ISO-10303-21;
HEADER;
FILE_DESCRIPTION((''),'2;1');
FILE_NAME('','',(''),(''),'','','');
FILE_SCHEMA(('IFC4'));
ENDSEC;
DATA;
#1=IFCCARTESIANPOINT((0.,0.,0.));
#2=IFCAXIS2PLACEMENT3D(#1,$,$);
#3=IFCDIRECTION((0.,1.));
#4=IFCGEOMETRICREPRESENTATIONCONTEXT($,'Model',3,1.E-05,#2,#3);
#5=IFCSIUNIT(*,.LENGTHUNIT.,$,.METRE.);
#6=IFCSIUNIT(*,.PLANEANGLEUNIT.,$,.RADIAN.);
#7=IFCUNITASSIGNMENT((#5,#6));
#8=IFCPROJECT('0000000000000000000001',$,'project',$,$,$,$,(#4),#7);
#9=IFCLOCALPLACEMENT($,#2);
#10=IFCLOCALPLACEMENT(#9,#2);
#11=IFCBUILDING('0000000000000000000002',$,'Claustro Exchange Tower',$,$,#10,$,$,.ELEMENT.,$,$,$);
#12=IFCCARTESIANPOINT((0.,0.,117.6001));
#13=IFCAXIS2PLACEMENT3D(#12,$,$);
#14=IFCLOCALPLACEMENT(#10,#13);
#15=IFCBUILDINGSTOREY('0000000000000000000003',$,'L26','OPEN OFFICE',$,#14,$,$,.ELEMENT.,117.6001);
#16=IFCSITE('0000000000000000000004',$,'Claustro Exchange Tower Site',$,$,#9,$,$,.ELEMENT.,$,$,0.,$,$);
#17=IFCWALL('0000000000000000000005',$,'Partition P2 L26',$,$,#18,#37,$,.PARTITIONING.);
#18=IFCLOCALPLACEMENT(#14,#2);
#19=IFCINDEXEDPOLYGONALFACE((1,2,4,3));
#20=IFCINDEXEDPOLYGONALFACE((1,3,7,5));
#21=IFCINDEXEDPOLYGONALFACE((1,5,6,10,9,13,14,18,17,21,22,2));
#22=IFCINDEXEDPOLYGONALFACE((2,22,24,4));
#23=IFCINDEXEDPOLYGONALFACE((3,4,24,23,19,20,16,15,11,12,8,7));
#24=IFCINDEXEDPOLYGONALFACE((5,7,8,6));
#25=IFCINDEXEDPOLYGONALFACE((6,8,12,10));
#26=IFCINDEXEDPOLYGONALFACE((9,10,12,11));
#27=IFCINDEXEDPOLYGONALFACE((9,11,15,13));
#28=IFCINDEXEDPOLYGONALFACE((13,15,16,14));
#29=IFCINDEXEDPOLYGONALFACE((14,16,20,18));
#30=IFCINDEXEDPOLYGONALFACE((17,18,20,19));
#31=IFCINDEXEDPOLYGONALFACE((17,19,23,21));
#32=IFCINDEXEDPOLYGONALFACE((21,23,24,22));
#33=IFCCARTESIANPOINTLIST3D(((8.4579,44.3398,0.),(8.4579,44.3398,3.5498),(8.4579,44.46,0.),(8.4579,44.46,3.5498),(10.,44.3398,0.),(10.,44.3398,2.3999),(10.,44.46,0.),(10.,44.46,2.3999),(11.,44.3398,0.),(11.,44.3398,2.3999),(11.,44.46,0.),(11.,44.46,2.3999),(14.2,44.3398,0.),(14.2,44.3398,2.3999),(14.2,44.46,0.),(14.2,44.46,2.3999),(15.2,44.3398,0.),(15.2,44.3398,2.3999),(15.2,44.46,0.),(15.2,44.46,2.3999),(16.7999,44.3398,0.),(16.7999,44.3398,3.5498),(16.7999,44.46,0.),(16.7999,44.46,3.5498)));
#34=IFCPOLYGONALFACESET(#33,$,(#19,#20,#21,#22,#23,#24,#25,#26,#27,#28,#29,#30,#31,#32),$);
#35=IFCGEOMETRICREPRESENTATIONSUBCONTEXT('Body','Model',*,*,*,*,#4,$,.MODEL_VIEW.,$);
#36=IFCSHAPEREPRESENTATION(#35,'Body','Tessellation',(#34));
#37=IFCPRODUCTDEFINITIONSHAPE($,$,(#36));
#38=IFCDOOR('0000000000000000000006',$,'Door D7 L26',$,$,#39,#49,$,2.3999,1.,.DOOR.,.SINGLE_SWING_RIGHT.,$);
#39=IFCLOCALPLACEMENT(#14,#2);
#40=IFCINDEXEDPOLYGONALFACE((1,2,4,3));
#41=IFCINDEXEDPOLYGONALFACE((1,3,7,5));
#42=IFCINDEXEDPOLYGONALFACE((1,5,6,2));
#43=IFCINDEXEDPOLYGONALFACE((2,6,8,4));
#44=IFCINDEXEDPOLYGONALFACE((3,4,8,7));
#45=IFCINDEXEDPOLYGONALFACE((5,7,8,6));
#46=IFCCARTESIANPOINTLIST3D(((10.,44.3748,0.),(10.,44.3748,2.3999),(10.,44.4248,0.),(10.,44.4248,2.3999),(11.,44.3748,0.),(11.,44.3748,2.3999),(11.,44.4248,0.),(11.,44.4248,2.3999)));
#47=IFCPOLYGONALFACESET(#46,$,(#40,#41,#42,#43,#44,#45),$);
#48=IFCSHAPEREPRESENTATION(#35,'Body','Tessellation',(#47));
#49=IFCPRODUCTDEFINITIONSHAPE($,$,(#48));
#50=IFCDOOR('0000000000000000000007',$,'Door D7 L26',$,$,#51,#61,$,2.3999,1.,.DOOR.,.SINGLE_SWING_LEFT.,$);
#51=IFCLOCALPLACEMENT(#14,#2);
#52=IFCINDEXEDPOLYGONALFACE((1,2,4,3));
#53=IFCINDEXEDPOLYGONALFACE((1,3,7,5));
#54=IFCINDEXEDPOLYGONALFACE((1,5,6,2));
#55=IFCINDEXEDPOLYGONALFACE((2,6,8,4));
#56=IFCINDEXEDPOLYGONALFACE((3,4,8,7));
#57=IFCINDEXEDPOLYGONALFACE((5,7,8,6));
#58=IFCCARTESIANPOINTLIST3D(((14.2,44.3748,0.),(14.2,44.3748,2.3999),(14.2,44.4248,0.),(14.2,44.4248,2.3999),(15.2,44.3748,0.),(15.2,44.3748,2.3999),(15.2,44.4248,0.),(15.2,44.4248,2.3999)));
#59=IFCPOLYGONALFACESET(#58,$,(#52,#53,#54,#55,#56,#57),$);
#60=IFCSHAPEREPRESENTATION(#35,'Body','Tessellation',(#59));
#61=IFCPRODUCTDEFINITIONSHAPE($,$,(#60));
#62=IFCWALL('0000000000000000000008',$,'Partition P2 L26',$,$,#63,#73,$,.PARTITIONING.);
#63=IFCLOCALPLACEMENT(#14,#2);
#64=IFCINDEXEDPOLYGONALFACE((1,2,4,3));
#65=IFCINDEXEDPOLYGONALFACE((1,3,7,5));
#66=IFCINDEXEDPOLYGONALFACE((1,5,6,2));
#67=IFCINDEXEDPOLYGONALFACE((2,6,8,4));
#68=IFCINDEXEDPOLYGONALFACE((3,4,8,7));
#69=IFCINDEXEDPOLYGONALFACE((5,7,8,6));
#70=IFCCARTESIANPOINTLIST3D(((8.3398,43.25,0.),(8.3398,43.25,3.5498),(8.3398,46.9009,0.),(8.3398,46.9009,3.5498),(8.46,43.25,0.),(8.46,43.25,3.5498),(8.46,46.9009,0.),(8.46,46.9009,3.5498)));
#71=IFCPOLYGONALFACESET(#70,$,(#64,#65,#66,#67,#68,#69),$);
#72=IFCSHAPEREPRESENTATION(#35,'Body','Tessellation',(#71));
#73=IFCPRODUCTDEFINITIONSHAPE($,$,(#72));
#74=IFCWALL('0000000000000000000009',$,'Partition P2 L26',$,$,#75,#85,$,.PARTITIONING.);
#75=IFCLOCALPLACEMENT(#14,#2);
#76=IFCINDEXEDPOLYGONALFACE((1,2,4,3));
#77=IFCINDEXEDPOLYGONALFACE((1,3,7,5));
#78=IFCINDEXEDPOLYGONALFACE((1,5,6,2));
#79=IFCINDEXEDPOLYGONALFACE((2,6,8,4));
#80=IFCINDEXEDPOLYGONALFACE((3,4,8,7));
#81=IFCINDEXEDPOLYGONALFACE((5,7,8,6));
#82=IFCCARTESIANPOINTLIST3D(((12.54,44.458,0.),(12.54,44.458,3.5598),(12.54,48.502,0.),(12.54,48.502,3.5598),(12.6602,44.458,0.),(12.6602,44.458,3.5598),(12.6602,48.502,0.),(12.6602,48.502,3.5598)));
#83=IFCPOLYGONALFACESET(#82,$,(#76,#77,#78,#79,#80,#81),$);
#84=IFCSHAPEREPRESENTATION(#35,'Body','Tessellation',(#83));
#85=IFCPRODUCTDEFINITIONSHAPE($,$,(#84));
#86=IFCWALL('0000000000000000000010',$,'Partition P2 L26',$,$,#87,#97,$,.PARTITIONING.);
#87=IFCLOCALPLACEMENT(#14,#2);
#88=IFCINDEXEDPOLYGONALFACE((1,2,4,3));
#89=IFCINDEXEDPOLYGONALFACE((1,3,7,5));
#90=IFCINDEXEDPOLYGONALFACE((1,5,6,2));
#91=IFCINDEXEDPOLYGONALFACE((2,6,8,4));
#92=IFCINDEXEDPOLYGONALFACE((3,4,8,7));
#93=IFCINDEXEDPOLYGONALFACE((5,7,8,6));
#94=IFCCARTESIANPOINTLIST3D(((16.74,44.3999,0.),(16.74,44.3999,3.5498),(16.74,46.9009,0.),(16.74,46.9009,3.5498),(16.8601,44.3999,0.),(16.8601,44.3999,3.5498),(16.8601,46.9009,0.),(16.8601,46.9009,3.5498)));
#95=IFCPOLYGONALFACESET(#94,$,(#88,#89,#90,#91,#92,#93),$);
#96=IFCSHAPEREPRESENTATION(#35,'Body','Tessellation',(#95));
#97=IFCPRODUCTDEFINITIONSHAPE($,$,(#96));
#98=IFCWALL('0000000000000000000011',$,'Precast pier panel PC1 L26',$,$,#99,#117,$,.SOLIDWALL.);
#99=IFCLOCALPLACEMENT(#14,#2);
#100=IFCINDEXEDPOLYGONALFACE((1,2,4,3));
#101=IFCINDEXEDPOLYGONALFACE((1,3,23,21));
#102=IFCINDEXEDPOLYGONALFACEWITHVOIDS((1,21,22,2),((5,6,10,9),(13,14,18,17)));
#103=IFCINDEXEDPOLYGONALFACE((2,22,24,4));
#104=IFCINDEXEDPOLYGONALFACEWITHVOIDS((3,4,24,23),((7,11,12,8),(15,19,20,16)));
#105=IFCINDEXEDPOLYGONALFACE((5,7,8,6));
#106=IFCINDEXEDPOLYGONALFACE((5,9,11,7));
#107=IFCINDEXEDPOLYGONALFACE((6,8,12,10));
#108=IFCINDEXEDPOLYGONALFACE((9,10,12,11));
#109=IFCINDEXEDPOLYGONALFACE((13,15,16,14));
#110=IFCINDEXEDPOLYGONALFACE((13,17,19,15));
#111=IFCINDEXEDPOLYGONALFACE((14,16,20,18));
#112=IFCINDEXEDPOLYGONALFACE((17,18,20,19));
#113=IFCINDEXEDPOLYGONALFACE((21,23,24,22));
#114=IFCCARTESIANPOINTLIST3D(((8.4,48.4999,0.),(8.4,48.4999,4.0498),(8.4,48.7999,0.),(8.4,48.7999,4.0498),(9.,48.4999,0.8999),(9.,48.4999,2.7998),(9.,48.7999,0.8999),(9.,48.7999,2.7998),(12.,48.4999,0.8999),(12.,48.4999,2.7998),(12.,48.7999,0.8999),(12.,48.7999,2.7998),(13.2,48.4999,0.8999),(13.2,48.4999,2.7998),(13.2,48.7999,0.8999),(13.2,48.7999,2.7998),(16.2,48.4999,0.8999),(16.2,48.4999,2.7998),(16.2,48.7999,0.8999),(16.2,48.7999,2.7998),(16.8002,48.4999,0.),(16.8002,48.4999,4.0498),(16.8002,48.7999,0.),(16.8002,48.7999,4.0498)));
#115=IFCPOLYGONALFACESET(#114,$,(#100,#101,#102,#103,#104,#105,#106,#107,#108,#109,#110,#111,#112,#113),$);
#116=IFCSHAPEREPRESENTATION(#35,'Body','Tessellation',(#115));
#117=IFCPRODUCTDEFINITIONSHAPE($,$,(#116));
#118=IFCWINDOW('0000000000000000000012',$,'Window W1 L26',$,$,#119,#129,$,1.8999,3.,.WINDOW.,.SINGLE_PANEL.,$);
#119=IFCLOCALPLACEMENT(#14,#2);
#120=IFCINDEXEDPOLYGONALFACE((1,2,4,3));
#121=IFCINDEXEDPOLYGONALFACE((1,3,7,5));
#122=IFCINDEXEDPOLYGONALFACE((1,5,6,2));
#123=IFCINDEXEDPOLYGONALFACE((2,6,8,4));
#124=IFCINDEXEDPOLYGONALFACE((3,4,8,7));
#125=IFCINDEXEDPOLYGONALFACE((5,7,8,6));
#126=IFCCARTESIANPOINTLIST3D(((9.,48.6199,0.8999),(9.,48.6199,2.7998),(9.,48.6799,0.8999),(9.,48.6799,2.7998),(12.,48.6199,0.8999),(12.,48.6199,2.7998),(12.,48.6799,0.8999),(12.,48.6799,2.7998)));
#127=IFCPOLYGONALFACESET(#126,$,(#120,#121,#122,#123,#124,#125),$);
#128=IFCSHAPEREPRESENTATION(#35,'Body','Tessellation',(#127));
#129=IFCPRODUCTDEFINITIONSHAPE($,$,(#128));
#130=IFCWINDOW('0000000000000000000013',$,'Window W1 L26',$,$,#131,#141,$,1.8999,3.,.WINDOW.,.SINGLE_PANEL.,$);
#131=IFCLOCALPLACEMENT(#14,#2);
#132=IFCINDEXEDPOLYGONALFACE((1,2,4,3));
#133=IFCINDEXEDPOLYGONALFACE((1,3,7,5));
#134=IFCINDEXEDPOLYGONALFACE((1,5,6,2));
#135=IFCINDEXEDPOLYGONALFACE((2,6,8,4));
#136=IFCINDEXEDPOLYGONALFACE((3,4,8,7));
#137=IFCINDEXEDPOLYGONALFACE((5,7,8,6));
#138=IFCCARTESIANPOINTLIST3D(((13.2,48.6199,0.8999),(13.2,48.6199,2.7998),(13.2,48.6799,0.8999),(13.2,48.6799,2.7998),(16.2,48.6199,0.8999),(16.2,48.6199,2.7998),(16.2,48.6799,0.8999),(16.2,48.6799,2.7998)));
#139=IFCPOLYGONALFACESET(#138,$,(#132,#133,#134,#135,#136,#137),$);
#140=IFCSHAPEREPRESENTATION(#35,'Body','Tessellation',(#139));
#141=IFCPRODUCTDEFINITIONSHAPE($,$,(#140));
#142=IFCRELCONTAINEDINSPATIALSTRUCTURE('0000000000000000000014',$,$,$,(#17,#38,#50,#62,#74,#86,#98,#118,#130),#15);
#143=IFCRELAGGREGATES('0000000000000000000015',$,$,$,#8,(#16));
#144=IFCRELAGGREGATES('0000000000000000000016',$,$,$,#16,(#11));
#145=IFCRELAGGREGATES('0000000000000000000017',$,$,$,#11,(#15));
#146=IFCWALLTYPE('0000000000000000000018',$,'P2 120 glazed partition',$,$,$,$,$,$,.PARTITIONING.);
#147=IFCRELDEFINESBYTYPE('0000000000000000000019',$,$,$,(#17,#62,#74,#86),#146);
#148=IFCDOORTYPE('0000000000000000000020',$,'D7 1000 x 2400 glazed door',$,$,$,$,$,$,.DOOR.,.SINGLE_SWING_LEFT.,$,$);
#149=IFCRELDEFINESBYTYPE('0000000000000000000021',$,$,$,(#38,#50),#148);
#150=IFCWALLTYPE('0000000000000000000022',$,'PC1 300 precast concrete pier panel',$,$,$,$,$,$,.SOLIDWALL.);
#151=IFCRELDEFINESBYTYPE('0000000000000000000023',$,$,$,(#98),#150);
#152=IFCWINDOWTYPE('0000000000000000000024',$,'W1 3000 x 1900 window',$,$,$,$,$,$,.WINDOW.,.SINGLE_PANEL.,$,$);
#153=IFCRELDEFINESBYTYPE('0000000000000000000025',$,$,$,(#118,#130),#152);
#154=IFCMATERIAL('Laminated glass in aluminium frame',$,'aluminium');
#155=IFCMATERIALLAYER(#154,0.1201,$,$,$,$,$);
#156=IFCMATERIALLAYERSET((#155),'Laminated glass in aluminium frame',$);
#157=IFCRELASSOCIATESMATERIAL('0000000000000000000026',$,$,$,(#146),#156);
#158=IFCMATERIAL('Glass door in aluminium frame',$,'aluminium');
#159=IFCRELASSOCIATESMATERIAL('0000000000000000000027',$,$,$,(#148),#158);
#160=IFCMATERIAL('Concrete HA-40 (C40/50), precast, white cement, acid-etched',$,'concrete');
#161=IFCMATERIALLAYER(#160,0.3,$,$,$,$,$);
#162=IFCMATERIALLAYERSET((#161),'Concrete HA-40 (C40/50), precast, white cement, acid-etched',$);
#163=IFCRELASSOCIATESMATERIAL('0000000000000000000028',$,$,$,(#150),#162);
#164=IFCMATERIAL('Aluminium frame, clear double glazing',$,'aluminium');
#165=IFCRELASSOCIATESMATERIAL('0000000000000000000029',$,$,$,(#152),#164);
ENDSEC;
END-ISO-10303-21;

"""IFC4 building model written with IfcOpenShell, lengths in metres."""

from ifc_helpers import new_model, si_unit, direction, frame, frame_2d, origin, place, context, subcontext, project, spatial, rectangle, extrude, material, layer, layer_set, type_object, element, fill, save


model = new_model("IFC4")

# Units and contexts
model_context = context("Model", 3, precision=1e-05, world=origin(), true_north=direction((0.0, 1.0)))
body_context = subcontext(model_context, "Body", "Model", "MODEL_VIEW")
ifc_project = project(units=[si_unit("LENGTHUNIT", "METRE"), si_unit("PLANEANGLEUNIT", "RADIAN")], contexts=[model_context])

# Site, building, storey
site_placement = place(None, origin())
site = spatial("IfcSite", under=ifc_project, at=site_placement, Name="Claustro Exchange Tower Site", CompositionType="ELEMENT", RefElevation=0.0)
building_placement = place(site_placement, origin())
building = spatial("IfcBuilding", under=site, at=building_placement, Name="Claustro Exchange Tower", CompositionType="ELEMENT")
storey_placement = place(building_placement, frame((0.0, 0.0, 117.6001)))
storey = spatial("IfcBuildingStorey", under=building, at=storey_placement, Name="L26", Description="OPEN OFFICE", CompositionType="ELEMENT", Elevation=117.6001)

# Wall, openings, doors
ifc_material_1 = material(Name="Laminated glass in aluminium frame", Category="aluminium")
ifc_layer_1 = layer(ifc_material_1, 0.1201)
ifc_layer_set_1 = layer_set([ifc_layer_1], Name="Laminated glass in aluminium frame")
wall_type_1 = type_object("IfcWallType", Name="P2 120 glazed partition", PredefinedType="PARTITIONING", material=ifc_layer_set_1)
wall_1_placement = place(storey_placement, frame((8.458, 44.3999, 0.0), z_axis=(0.0, 0.0, 1.0), x_axis=(1.0, 0.0, 0.0)))
wall_1 = element("IfcWall", 1, at=wall_1_placement, inside=storey, type_object=wall_type_1, Name="Partition P2 L26", PredefinedType="PARTITIONING", context=body_context, shape_type="SweptSolid", body=[
    extrude(rectangle(XDim=8.342, YDim=0.1201, at=frame_2d((4.1709, 0.0))), origin(), (0.0, 0.0, 1.0), 3.5498),
])
opening_1_placement = place(wall_1_placement, frame((1.542, 0.0, 0.0)))
opening_1 = element("IfcOpeningElement", 2, at=opening_1_placement, cuts=wall_1, PredefinedType="OPENING", context=body_context, shape_type="SweptSolid", body=[
    extrude(rectangle(XDim=1.0, YDim=2.3999, at=frame_2d((0.5, 1.2))), frame((0.0, 0.0701, 0.0), z_axis=(0.0, -1.0, 0.0), x_axis=(1.0, 0.0, 0.0)), (0.0, 0.0, 1.0), 0.1401),
])
opening_2_placement = place(wall_1_placement, frame((5.7419, 0.0, 0.0)))
opening_2 = element("IfcOpeningElement", 3, at=opening_2_placement, cuts=wall_1, PredefinedType="OPENING", context=body_context, shape_type="SweptSolid", body=[
    extrude(rectangle(XDim=1.0, YDim=2.3999, at=frame_2d((0.5, 1.2))), frame((0.0, 0.0701, 0.0), z_axis=(0.0, -1.0, 0.0), x_axis=(1.0, 0.0, 0.0)), (0.0, 0.0, 1.0), 0.1401),
])
ifc_material_2 = material(Name="Glass door in aluminium frame", Category="aluminium")
door_type = type_object("IfcDoorType", Name="D7 1000 x 2400 glazed door", OperationType="SINGLE_SWING_LEFT", PredefinedType="DOOR", material=ifc_material_2)
door_1_placement = place(opening_1_placement, origin())
door_1 = element("IfcDoor", 4, at=door_1_placement, inside=storey, type_object=door_type, Name="Door D7 L26", OperationType="SINGLE_SWING_RIGHT", OverallHeight=2.3999, OverallWidth=1.0, PredefinedType="DOOR", context=body_context, shape_type="SweptSolid", body=[
    extrude(rectangle(XDim=1.0, YDim=2.3999, at=frame_2d((0.5, 1.2))), frame((0.0, 0.0249, 0.0), z_axis=(0.0, -1.0, 0.0), x_axis=(1.0, 0.0, 0.0)), (0.0, 0.0, 1.0), 0.05),
])
fill(opening_1, door_1)
door_2_placement = place(opening_2_placement, origin())
door_2 = element("IfcDoor", 5, at=door_2_placement, inside=storey, type_object=door_type, Name="Door D7 L26", OperationType="SINGLE_SWING_LEFT", OverallHeight=2.3999, OverallWidth=1.0, PredefinedType="DOOR", context=body_context, shape_type="SweptSolid", body=[
    extrude(rectangle(XDim=1.0, YDim=2.3999, at=frame_2d((0.5, 1.2))), frame((0.0, 0.0249, 0.0), z_axis=(0.0, -1.0, 0.0), x_axis=(1.0, 0.0, 0.0)), (0.0, 0.0, 1.0), 0.05),
])
fill(opening_2, door_2)

# Walls
wall_2_placement = place(storey_placement, frame((8.3999, 43.25, 0.0), z_axis=(0.0, 0.0, 1.0), x_axis=(0.0, 1.0, 0.0)))
element("IfcWall", 6, at=wall_2_placement, inside=storey, type_object=wall_type_1, Name="Partition P2 L26", PredefinedType="PARTITIONING", context=body_context, shape_type="SweptSolid", body=[
    extrude(rectangle(XDim=3.6509, YDim=0.1201, at=frame_2d((1.8254, 0.0))), origin(), (0.0, 0.0, 1.0), 3.5498),
])
wall_3_placement = place(storey_placement, frame((12.6001, 44.458, 0.0), z_axis=(0.0, 0.0, 1.0), x_axis=(0.0, 1.0, 0.0)))
element("IfcWall", 7, at=wall_3_placement, inside=storey, type_object=wall_type_1, Name="Partition P2 L26", PredefinedType="PARTITIONING", context=body_context, shape_type="SweptSolid", body=[
    extrude(rectangle(XDim=4.0439, YDim=0.1201, at=frame_2d((2.022, 0.0))), origin(), (0.0, 0.0, 1.0), 3.5598),
])
wall_4_placement = place(storey_placement, frame((16.8, 44.3999, 0.0), z_axis=(0.0, 0.0, 1.0), x_axis=(0.0, 1.0, 0.0)))
element("IfcWall", 8, at=wall_4_placement, inside=storey, type_object=wall_type_1, Name="Partition P2 L26", PredefinedType="PARTITIONING", context=body_context, shape_type="SweptSolid", body=[
    extrude(rectangle(XDim=2.501, YDim=0.1201, at=frame_2d((1.2505, 0.0))), origin(), (0.0, 0.0, 1.0), 3.5498),
])

# Wall, openings, windows
ifc_material_3 = material(Name="Concrete HA-40 (C40/50), precast, white cement, acid-etched", Category="concrete")
ifc_layer_2 = layer(ifc_material_3, 0.3)
ifc_layer_set_2 = layer_set([ifc_layer_2], Name="Concrete HA-40 (C40/50), precast, white cement, acid-etched")
wall_type_2 = type_object("IfcWallType", Name="PC1 300 precast concrete pier panel", PredefinedType="SOLIDWALL", material=ifc_layer_set_2)
wall_5_placement = place(storey_placement, frame((8.3999, 48.6499, 0.0), z_axis=(0.0, 0.0, 1.0), x_axis=(1.0, 0.0, 0.0)))
wall_5 = element("IfcWall", 9, at=wall_5_placement, inside=storey, type_object=wall_type_2, Name="Precast pier panel PC1 L26", PredefinedType="SOLIDWALL", context=body_context, shape_type="SweptSolid", body=[
    extrude(rectangle(XDim=8.4001, YDim=0.3, at=frame_2d((4.2002, 0.0))), origin(), (0.0, 0.0, 1.0), 4.0498),
])
opening_3_placement = place(wall_5_placement, frame((0.6001, 0.0, 0.8999)))
opening_3 = element("IfcOpeningElement", 10, at=opening_3_placement, cuts=wall_5, PredefinedType="OPENING", context=body_context, shape_type="SweptSolid", body=[
    extrude(rectangle(XDim=3.0, YDim=1.8999, at=frame_2d((1.5, 0.95))), frame((0.0, 0.1599, 0.0), z_axis=(0.0, -1.0, 0.0), x_axis=(1.0, 0.0, 0.0)), (0.0, 0.0, 1.0), 0.3201),
])
opening_4_placement = place(wall_5_placement, frame((4.8, 0.0, 0.8999)))
opening_4 = element("IfcOpeningElement", 11, at=opening_4_placement, cuts=wall_5, PredefinedType="OPENING", context=body_context, shape_type="SweptSolid", body=[
    extrude(rectangle(XDim=3.0, YDim=1.8999, at=frame_2d((1.5, 0.95))), frame((0.0, 0.1599, 0.0), z_axis=(0.0, -1.0, 0.0), x_axis=(1.0, 0.0, 0.0)), (0.0, 0.0, 1.0), 0.3201),
])
ifc_material_4 = material(Name="Aluminium frame, clear double glazing", Category="aluminium")
window_type = type_object("IfcWindowType", Name="W1 3000 x 1900 window", PartitioningType="SINGLE_PANEL", PredefinedType="WINDOW", material=ifc_material_4)
window_1_placement = place(opening_3_placement, origin())
window_1 = element("IfcWindow", 12, at=window_1_placement, inside=storey, type_object=window_type, Name="Window W1 L26", OverallHeight=1.8999, OverallWidth=3.0, PartitioningType="SINGLE_PANEL", PredefinedType="WINDOW", context=body_context, shape_type="SweptSolid", body=[
    extrude(rectangle(XDim=3.0, YDim=1.8999, at=frame_2d((1.5, 0.95))), frame((0.0, 0.03, 0.0), z_axis=(0.0, -1.0, 0.0), x_axis=(1.0, 0.0, 0.0)), (0.0, 0.0, 1.0), 0.0601),
])
fill(opening_3, window_1)
window_2_placement = place(opening_4_placement, origin())
window_2 = element("IfcWindow", 13, at=window_2_placement, inside=storey, type_object=window_type, Name="Window W1 L26", OverallHeight=1.8999, OverallWidth=3.0, PartitioningType="SINGLE_PANEL", PredefinedType="WINDOW", context=body_context, shape_type="SweptSolid", body=[
    extrude(rectangle(XDim=3.0, YDim=1.8999, at=frame_2d((1.5, 0.95))), frame((0.0, 0.03, 0.0), z_axis=(0.0, -1.0, 0.0), x_axis=(1.0, 0.0, 0.0)), (0.0, 0.0, 1.0), 0.0601),
])
fill(opening_4, window_2)

save(model, "model.ifc")
